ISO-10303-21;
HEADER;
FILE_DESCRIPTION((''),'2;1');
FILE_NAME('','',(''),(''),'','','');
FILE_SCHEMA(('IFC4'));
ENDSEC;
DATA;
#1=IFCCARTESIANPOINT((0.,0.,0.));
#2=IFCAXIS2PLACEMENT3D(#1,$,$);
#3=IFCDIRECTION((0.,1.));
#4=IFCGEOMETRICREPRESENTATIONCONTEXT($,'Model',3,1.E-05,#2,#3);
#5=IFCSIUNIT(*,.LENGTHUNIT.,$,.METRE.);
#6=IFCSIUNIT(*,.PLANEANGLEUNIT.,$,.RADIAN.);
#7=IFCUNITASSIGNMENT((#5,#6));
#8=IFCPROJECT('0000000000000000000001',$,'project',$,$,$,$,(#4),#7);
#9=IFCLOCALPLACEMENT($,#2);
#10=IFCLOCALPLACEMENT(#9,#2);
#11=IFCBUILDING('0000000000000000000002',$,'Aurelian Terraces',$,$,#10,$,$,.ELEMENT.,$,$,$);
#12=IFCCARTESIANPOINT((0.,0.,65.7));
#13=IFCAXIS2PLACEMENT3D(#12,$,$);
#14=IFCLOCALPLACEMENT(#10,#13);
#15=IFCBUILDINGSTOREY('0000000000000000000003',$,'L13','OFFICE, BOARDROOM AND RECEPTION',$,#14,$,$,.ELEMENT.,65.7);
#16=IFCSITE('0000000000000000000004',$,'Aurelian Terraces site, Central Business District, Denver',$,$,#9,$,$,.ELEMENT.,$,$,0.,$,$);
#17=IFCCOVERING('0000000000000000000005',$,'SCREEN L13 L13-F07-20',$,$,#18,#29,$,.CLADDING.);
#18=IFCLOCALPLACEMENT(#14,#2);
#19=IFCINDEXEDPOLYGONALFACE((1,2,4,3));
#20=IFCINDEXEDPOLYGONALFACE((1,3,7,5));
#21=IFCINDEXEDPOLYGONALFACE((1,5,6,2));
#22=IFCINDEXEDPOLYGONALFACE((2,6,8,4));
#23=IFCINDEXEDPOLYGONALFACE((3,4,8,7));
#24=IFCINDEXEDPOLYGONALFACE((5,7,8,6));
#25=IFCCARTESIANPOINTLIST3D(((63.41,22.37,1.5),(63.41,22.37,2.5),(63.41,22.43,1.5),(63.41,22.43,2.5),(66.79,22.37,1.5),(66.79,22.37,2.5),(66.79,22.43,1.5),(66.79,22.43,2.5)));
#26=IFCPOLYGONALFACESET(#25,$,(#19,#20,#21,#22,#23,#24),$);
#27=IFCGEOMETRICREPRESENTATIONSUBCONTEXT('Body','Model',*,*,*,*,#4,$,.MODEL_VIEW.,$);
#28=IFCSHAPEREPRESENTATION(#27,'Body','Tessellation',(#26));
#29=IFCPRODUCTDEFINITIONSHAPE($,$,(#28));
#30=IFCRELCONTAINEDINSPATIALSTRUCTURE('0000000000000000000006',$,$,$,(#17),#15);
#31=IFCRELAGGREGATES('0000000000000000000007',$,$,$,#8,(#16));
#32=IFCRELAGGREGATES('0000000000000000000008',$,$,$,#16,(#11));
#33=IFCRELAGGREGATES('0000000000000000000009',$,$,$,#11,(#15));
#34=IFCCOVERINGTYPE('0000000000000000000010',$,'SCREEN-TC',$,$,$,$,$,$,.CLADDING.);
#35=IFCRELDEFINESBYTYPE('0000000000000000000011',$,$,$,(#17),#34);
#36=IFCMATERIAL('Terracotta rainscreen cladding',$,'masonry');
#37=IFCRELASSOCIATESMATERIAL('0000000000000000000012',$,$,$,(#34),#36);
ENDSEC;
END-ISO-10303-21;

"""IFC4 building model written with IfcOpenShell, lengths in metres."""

from ifc_helpers import new_model, si_unit, direction, frame, origin, origin_2d, place, context, subcontext, project, spatial, rectangle, extrude, source, transform, mapped, material, type_object, element, save


model = new_model("IFC4")

# Units and contexts
model_context = context("Model", 3, precision=1e-05, world=origin(), true_north=direction((0.0, 1.0)))
body_context = subcontext(model_context, "Body", "Model", "MODEL_VIEW")
ifc_project = project(units=[si_unit("LENGTHUNIT", "METRE"), si_unit("PLANEANGLEUNIT", "RADIAN")], contexts=[model_context])

# Site, building, storey
site_placement = place(None, origin())
site = spatial("IfcSite", under=ifc_project, at=site_placement, Name="Aurelian Terraces site, Central Business District, Denver", CompositionType="ELEMENT", RefElevation=0.0)
building_placement = place(site_placement, origin())
building = spatial("IfcBuilding", under=site, at=building_placement, Name="Aurelian Terraces", CompositionType="ELEMENT")
storey_placement = place(building_placement, frame((0.0, 0.0, 65.7)))
storey = spatial("IfcBuildingStorey", under=building, at=storey_placement, Name="L13", Description="OFFICE, BOARDROOM AND RECEPTION", CompositionType="ELEMENT", Elevation=65.7)

# Shared definitions
ifc_material_1 = material(Name="Terracotta rainscreen cladding", Category="masonry")

# Covering
covering_type_1 = type_object("IfcCoveringType", Name="SCREEN-TC", PredefinedType="CLADDING", material=ifc_material_1)
shared_shape_1 = source(origin(), body_context, "Body", "SweptSolid", [
    extrude(rectangle(XDim=3.38, YDim=0.06, at=origin_2d()), origin(), (0.0, 0.0, 1.0), 1.0),
])
covering_1_placement = place(storey_placement, frame((65.1, 22.4, 1.5), z_axis=(0.0, 0.0, 1.0), x_axis=(1.0, 0.0, 0.0)))
element("IfcCovering", 1, at=covering_1_placement, inside=storey, type_object=covering_type_1, Name="SCREEN L13 L13-F07-20", PredefinedType="CLADDING", context=body_context, shape_type="MappedRepresentation", body=[
    mapped(shared_shape_1, transform((0.0, 0.0, 0.0), scale=1.0)),
])

save(model, "model.ifc")
